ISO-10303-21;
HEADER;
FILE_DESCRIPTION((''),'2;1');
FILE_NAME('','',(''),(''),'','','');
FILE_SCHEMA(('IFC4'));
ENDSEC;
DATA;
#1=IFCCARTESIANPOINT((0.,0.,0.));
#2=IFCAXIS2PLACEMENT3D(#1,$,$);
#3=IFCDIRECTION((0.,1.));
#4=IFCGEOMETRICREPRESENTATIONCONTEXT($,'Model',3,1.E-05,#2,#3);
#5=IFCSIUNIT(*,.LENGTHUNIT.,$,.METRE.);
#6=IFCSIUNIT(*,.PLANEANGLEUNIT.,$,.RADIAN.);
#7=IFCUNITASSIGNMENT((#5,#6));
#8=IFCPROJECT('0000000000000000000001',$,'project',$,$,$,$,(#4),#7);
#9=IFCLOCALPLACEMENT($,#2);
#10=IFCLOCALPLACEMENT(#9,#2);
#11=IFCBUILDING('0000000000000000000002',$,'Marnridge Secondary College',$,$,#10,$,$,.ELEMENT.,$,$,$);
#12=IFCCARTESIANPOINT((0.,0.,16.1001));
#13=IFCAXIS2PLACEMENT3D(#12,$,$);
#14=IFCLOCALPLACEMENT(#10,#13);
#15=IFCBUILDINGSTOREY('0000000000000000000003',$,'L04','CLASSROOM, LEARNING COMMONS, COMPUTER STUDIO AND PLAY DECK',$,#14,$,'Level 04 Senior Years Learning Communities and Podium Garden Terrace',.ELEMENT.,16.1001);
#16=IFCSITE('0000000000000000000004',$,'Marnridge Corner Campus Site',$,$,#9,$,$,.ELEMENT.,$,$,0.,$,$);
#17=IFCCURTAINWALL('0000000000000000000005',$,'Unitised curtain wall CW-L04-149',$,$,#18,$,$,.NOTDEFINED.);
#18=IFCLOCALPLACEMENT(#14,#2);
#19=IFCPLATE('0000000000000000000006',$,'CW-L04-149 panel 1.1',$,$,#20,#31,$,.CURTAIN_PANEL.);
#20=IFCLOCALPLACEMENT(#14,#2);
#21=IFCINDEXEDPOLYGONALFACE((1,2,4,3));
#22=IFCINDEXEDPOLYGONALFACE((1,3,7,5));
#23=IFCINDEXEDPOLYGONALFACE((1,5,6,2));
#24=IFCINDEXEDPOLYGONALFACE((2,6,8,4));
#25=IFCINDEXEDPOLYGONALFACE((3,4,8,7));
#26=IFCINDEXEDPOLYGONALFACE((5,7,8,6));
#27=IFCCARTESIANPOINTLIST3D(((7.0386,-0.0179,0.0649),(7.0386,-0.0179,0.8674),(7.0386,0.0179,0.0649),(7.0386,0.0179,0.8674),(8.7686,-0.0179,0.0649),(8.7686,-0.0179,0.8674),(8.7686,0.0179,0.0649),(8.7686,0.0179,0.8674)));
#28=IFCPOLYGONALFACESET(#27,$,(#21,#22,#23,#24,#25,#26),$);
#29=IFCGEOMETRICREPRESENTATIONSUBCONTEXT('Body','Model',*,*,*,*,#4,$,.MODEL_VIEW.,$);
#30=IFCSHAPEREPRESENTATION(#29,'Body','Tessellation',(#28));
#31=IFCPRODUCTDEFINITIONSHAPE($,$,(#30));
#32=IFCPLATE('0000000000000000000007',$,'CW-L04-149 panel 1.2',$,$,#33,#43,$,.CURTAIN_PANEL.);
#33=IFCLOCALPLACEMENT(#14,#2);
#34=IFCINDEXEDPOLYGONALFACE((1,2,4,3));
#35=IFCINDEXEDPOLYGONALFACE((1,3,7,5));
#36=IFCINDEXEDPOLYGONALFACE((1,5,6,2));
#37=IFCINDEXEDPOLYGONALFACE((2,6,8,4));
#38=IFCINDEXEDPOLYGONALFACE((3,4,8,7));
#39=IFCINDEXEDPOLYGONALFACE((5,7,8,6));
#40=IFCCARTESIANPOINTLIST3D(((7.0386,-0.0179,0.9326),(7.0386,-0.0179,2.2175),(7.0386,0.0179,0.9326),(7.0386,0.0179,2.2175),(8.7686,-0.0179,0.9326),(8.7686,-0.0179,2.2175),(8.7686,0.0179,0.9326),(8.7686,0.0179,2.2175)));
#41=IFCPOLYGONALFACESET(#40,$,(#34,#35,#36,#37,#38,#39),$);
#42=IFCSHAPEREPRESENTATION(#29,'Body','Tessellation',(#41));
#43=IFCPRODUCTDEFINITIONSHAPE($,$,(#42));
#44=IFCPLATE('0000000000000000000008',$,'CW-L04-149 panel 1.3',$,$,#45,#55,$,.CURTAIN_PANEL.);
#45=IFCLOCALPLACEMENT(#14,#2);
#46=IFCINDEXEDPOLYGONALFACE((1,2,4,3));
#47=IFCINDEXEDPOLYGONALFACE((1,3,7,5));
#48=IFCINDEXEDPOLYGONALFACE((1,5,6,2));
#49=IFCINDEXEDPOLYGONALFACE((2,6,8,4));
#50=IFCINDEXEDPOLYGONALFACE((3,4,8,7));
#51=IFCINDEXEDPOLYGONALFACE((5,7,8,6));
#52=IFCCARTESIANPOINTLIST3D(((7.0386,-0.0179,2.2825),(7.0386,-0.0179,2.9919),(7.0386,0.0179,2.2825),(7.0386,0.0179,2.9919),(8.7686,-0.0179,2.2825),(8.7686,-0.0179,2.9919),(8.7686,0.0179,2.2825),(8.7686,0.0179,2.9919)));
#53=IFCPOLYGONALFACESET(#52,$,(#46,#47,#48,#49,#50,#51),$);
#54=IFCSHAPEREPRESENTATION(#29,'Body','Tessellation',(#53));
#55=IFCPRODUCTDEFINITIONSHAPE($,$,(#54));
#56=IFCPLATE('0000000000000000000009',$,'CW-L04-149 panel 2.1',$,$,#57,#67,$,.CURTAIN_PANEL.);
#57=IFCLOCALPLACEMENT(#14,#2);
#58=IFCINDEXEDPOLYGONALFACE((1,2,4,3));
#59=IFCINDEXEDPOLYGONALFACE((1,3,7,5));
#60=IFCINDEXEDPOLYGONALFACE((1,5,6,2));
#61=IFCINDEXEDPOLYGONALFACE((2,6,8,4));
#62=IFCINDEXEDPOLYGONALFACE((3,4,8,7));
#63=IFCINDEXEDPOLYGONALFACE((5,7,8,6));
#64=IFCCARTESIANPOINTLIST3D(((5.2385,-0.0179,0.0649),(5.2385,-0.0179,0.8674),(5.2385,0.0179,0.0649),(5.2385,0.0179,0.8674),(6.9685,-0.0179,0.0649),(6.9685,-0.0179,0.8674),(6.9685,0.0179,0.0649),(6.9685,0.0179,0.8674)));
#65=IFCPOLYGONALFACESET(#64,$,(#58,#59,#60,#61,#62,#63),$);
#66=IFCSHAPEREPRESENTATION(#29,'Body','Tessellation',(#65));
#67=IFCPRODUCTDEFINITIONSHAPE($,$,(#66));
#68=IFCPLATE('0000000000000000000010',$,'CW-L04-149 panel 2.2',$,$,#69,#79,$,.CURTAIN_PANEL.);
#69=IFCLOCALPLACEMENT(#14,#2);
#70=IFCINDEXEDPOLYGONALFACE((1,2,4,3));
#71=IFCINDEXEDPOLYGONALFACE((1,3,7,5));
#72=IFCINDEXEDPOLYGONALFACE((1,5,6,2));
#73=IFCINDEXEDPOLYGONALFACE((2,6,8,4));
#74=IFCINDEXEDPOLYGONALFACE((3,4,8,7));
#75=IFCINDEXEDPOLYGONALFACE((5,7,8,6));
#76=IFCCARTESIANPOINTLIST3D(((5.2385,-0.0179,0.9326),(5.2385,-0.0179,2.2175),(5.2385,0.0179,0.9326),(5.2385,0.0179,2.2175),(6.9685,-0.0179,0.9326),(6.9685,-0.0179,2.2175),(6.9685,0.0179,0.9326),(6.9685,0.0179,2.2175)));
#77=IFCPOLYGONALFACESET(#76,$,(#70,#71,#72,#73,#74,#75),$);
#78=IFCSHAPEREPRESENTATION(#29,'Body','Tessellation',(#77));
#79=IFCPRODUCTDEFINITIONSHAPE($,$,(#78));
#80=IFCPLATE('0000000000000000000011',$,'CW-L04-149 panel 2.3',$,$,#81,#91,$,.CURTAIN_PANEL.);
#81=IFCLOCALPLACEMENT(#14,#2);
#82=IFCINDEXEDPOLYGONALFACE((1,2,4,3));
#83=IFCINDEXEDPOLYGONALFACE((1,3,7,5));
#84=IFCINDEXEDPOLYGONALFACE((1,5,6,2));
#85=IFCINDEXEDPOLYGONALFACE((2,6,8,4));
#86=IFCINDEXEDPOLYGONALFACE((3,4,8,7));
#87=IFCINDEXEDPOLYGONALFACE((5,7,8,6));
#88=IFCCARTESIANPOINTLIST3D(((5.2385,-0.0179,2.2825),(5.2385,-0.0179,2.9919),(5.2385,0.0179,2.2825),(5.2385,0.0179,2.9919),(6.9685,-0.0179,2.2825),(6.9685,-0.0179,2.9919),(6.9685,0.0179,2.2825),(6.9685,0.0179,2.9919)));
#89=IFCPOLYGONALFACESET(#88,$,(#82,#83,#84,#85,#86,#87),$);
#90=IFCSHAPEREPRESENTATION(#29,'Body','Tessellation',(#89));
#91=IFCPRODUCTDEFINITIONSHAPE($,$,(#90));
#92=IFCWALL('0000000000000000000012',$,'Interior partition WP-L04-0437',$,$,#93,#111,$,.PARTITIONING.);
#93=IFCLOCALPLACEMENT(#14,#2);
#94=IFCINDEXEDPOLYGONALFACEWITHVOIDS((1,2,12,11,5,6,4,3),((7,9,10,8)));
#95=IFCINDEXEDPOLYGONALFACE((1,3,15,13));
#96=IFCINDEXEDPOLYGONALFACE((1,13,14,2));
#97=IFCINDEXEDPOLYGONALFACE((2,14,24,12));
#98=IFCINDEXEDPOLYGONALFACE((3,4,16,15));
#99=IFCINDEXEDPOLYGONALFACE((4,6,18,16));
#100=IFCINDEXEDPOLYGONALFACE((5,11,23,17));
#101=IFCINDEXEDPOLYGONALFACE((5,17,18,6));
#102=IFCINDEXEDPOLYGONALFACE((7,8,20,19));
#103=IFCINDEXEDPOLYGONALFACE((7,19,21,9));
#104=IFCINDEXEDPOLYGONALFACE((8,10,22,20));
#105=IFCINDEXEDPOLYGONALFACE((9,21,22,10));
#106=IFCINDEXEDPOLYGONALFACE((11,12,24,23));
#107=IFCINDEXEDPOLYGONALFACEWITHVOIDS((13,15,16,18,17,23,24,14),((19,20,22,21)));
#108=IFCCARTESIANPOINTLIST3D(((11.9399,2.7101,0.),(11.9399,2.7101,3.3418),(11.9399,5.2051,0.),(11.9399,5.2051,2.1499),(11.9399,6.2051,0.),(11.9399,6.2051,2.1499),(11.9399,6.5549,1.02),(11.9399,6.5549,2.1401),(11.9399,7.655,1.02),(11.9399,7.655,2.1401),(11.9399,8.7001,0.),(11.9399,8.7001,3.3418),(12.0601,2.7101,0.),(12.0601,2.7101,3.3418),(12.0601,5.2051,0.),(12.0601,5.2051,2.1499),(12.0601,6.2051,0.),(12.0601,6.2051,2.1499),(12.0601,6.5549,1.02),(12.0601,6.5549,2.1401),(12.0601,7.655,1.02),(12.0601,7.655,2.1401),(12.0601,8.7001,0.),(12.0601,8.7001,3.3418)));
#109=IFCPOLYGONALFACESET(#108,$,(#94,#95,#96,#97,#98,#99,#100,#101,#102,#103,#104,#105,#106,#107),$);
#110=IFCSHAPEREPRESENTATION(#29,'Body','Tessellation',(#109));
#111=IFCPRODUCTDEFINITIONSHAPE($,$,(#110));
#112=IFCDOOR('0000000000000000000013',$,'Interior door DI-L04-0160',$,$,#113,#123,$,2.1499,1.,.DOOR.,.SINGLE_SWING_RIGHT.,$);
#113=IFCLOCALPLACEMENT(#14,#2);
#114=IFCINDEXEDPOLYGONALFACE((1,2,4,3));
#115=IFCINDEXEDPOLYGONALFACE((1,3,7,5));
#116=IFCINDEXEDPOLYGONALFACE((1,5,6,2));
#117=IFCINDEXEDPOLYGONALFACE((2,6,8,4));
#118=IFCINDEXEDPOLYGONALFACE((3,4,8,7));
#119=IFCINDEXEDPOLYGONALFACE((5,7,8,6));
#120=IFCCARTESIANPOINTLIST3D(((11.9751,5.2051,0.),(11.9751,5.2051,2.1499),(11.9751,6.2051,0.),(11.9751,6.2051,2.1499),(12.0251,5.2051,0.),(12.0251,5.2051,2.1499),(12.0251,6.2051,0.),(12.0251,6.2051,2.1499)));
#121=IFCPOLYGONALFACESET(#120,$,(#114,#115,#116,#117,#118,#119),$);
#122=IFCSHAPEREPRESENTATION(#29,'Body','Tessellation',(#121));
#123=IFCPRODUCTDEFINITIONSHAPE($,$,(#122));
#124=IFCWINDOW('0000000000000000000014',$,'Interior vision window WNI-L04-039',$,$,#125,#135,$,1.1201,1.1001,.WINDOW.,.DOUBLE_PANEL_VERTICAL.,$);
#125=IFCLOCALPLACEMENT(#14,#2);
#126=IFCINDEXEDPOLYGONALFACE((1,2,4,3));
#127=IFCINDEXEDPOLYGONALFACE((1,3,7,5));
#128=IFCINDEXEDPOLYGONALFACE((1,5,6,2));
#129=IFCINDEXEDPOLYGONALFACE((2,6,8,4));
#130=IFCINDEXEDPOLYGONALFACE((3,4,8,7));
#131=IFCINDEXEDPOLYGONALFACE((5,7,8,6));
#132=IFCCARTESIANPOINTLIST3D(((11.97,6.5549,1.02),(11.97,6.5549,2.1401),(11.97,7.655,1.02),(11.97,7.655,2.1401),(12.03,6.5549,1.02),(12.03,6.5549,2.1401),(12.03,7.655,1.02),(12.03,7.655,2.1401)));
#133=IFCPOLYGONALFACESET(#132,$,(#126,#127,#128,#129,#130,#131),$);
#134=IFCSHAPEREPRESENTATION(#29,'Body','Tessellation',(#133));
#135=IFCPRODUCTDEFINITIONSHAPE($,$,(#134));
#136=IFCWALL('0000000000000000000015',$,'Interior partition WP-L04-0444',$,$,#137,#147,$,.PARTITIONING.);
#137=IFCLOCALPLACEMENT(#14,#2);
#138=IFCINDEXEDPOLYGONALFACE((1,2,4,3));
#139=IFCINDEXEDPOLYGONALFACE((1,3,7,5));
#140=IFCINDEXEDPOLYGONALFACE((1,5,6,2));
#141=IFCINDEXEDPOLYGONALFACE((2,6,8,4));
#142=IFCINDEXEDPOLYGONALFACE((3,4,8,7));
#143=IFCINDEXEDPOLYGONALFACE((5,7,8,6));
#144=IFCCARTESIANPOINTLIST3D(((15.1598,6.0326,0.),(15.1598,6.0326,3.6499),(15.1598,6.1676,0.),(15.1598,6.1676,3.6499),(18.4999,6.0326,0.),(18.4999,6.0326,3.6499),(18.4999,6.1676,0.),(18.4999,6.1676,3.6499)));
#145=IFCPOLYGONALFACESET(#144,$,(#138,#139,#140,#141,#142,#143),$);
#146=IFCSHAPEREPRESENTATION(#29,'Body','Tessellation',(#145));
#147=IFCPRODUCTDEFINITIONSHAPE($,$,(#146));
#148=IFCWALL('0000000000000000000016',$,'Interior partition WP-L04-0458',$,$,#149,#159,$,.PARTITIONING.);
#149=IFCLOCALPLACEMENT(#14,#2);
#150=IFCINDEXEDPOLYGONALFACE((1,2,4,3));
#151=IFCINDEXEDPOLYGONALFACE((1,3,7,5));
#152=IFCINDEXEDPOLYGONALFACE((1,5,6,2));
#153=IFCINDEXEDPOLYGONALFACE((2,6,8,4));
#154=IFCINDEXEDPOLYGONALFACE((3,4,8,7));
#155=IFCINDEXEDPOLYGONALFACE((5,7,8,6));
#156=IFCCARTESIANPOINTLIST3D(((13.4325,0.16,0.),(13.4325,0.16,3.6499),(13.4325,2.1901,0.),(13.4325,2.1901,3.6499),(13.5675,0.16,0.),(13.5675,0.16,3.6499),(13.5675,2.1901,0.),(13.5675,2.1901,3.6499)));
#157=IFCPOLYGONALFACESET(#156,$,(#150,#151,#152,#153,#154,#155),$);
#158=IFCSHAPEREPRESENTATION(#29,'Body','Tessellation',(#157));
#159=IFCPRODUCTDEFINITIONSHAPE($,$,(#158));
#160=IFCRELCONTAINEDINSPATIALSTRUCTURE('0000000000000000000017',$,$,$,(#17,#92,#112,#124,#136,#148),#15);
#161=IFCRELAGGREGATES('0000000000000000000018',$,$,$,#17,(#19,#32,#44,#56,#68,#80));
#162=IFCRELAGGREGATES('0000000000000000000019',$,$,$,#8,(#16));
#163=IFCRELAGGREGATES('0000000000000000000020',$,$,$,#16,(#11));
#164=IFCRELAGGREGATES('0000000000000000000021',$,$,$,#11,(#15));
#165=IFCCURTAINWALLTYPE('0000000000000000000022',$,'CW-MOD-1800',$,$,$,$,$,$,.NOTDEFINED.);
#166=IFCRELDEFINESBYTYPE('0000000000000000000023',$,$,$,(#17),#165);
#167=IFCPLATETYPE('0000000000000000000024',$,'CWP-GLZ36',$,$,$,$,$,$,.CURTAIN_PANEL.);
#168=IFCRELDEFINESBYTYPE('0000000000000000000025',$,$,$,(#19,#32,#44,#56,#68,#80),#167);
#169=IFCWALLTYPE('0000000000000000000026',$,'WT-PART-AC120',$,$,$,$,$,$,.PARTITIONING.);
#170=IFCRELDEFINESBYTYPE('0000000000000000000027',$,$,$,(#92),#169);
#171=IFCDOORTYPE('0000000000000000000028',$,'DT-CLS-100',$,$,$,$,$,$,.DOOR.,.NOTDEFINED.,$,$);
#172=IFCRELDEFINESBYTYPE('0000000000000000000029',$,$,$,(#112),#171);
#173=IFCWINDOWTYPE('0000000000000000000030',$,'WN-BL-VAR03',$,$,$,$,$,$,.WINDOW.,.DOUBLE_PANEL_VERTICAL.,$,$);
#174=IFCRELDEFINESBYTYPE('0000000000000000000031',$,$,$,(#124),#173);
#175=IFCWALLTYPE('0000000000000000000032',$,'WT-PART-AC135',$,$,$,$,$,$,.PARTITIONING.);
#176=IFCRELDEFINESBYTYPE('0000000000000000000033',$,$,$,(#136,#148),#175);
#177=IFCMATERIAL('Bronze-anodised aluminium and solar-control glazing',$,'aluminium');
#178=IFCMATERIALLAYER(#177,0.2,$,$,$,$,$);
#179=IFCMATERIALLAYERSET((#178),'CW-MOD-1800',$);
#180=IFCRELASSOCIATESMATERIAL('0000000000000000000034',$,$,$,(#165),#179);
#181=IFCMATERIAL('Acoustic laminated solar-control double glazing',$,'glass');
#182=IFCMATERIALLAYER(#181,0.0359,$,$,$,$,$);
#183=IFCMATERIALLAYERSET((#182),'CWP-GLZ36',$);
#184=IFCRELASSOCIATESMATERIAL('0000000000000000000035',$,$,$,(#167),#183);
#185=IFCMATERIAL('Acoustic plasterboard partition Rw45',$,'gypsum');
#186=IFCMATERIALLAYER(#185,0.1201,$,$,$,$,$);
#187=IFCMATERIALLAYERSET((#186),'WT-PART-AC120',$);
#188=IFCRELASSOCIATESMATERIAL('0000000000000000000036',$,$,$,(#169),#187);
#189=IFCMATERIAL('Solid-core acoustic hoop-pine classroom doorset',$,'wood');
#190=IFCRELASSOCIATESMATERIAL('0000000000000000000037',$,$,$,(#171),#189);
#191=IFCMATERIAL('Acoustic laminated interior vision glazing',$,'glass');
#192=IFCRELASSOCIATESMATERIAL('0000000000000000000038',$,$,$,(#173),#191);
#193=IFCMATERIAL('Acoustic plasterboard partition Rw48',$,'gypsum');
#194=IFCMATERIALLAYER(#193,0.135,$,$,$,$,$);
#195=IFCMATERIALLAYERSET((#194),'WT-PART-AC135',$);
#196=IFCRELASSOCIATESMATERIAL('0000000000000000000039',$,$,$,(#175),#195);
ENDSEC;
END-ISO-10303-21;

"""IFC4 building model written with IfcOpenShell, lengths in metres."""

from ifc_helpers import new_model, si_unit, direction, frame, frame_2d, origin, origin_2d, place, context, subcontext, project, spatial, rectangle, extrude, material, layer, layer_set, type_object, element, fill, aggregate, save


model = new_model("IFC4")

# Units and contexts
model_context = context("Model", 3, precision=1e-05, world=origin(), true_north=direction((0.0, 1.0)))
body_context = subcontext(model_context, "Body", "Model", "MODEL_VIEW")
ifc_project = project(units=[si_unit("LENGTHUNIT", "METRE"), si_unit("PLANEANGLEUNIT", "RADIAN")], contexts=[model_context])

# Site, building, storey
site_placement = place(None, origin())
site = spatial("IfcSite", under=ifc_project, at=site_placement, Name="Marnridge Corner Campus Site", CompositionType="ELEMENT", RefElevation=0.0)
building_placement = place(site_placement, origin())
building = spatial("IfcBuilding", under=site, at=building_placement, Name="Marnridge Secondary College", CompositionType="ELEMENT")
storey_placement = place(building_placement, frame((0.0, 0.0, 16.1001)))
storey = spatial("IfcBuildingStorey", under=building, at=storey_placement, Name="L04", Description="CLASSROOM, LEARNING COMMONS, COMPUTER STUDIO AND PLAY DECK", LongName="Level 04 Senior Years Learning Communities and Podium Garden Terrace", CompositionType="ELEMENT", Elevation=16.1001)

# Curtain wall, plates
ifc_material_1 = material(Name="Bronze-anodised aluminium and solar-control glazing", Category="aluminium")
ifc_layer_1 = layer(ifc_material_1, 0.2)
ifc_layer_set_1 = layer_set([ifc_layer_1], Name="CW-MOD-1800")
curtain_wall_type = type_object("IfcCurtainWallType", Name="CW-MOD-1800", PredefinedType="NOTDEFINED", material=ifc_layer_set_1)
curtain_wall_placement = place(storey_placement, origin())
curtain_wall = element("IfcCurtainWall", 1, at=curtain_wall_placement, inside=storey, type_object=curtain_wall_type, Name="Unitised curtain wall CW-L04-149", PredefinedType="NOTDEFINED")
ifc_material_2 = material(Name="Acoustic laminated solar-control double glazing", Category="glass")
ifc_layer_2 = layer(ifc_material_2, 0.0359)
ifc_layer_set_2 = layer_set([ifc_layer_2], Name="CWP-GLZ36")
plate_type = type_object("IfcPlateType", Name="CWP-GLZ36", PredefinedType="CURTAIN_PANEL", material=ifc_layer_set_2)
plate_1_placement = place(storey_placement, frame((7.9036, 0.0, 0.0649), z_axis=(0.0, 0.0, 1.0), x_axis=(-1.0, 0.0, 0.0)))
plate_1 = element("IfcPlate", 2, at=plate_1_placement, type_object=plate_type, Name="CW-L04-149 panel 1.1", PredefinedType="CURTAIN_PANEL", context=body_context, shape_type="SweptSolid", body=[
    extrude(rectangle(XDim=1.73, YDim=0.0359, at=origin_2d()), origin(), (0.0, 0.0, 1.0), 0.8025),
])
plate_2_placement = place(storey_placement, frame((7.9036, 0.0, 0.9326), z_axis=(0.0, 0.0, 1.0), x_axis=(-1.0, 0.0, 0.0)))
plate_2 = element("IfcPlate", 3, at=plate_2_placement, type_object=plate_type, Name="CW-L04-149 panel 1.2", PredefinedType="CURTAIN_PANEL", context=body_context, shape_type="SweptSolid", body=[
    extrude(rectangle(XDim=1.73, YDim=0.0359, at=origin_2d()), origin(), (0.0, 0.0, 1.0), 1.2849),
])
plate_3_placement = place(storey_placement, frame((7.9036, 0.0, 2.2825), z_axis=(0.0, 0.0, 1.0), x_axis=(-1.0, 0.0, 0.0)))
plate_3 = element("IfcPlate", 4, at=plate_3_placement, type_object=plate_type, Name="CW-L04-149 panel 1.3", PredefinedType="CURTAIN_PANEL", context=body_context, shape_type="SweptSolid", body=[
    extrude(rectangle(XDim=1.73, YDim=0.0359, at=origin_2d()), origin(), (0.0, 0.0, 1.0), 0.7095),
])
plate_4_placement = place(storey_placement, frame((6.1035, 0.0, 0.0649), z_axis=(0.0, 0.0, 1.0), x_axis=(-1.0, 0.0, 0.0)))
plate_4 = element("IfcPlate", 5, at=plate_4_placement, type_object=plate_type, Name="CW-L04-149 panel 2.1", PredefinedType="CURTAIN_PANEL", context=body_context, shape_type="SweptSolid", body=[
    extrude(rectangle(XDim=1.73, YDim=0.0359, at=origin_2d()), origin(), (0.0, 0.0, 1.0), 0.8025),
])
plate_5_placement = place(storey_placement, frame((6.1035, 0.0, 0.9326), z_axis=(0.0, 0.0, 1.0), x_axis=(-1.0, 0.0, 0.0)))
plate_5 = element("IfcPlate", 6, at=plate_5_placement, type_object=plate_type, Name="CW-L04-149 panel 2.2", PredefinedType="CURTAIN_PANEL", context=body_context, shape_type="SweptSolid", body=[
    extrude(rectangle(XDim=1.73, YDim=0.0359, at=origin_2d()), origin(), (0.0, 0.0, 1.0), 1.2849),
])
plate_6_placement = place(storey_placement, frame((6.1035, 0.0, 2.2825), z_axis=(0.0, 0.0, 1.0), x_axis=(-1.0, 0.0, 0.0)))
plate_6 = element("IfcPlate", 7, at=plate_6_placement, type_object=plate_type, Name="CW-L04-149 panel 2.3", PredefinedType="CURTAIN_PANEL", context=body_context, shape_type="SweptSolid", body=[
    extrude(rectangle(XDim=1.73, YDim=0.0359, at=origin_2d()), origin(), (0.0, 0.0, 1.0), 0.7095),
])
aggregate(curtain_wall, [plate_1, plate_2, plate_3, plate_4, plate_5, plate_6])

# Wall, openings, door, window
ifc_material_3 = material(Name="Acoustic plasterboard partition Rw45", Category="gypsum")
ifc_layer_3 = layer(ifc_material_3, 0.1201)
ifc_layer_set_3 = layer_set([ifc_layer_3], Name="WT-PART-AC120")
wall_type_1 = type_object("IfcWallType", Name="WT-PART-AC120", PredefinedType="PARTITIONING", material=ifc_layer_set_3)
wall_1_placement = place(storey_placement, frame((12.0, 2.71, 0.0), z_axis=(0.0, 0.0, 1.0), x_axis=(0.0, 1.0, 0.0)))
wall_1 = element("IfcWall", 8, at=wall_1_placement, inside=storey, type_object=wall_type_1, Name="Interior partition WP-L04-0437", PredefinedType="PARTITIONING", context=body_context, shape_type="SweptSolid", body=[
    extrude(rectangle(XDim=5.99, YDim=0.1201, at=frame_2d((2.9951, 0.0))), origin(), (0.0, 0.0, 1.0), 3.3418),
])
opening_1_placement = place(wall_1_placement, frame((2.4951, 0.0, 0.0)))
opening_1 = element("IfcOpeningElement", 9, at=opening_1_placement, cuts=wall_1, PredefinedType="OPENING", context=body_context, shape_type="SweptSolid", body=[
    extrude(rectangle(XDim=1.0, YDim=2.1499, at=frame_2d((0.5, 1.075))), frame((0.0, 0.0701, 0.0), z_axis=(0.0, -1.0, 0.0), x_axis=(1.0, 0.0, 0.0)), (0.0, 0.0, 1.0), 0.1401),
])
opening_2_placement = place(wall_1_placement, frame((3.845, 0.0, 1.02)))
opening_2 = element("IfcOpeningElement", 10, at=opening_2_placement, cuts=wall_1, PredefinedType="OPENING", context=body_context, shape_type="SweptSolid", body=[
    extrude(rectangle(XDim=1.1001, YDim=1.1201, at=frame_2d((0.55, 0.5601))), frame((0.0, 0.0701, 0.0), z_axis=(0.0, -1.0, 0.0), x_axis=(1.0, 0.0, 0.0)), (0.0, 0.0, 1.0), 0.1401),
])
ifc_material_4 = material(Name="Solid-core acoustic hoop-pine classroom doorset", Category="wood")
door_type_1 = type_object("IfcDoorType", Name="DT-CLS-100", OperationType="NOTDEFINED", PredefinedType="DOOR", material=ifc_material_4)
door_1_placement = place(opening_1_placement, origin())
door_1 = element("IfcDoor", 11, at=door_1_placement, inside=storey, type_object=door_type_1, Name="Interior door DI-L04-0160", OperationType="SINGLE_SWING_RIGHT", OverallHeight=2.1499, OverallWidth=1.0, PredefinedType="DOOR", context=body_context, shape_type="SweptSolid", body=[
    extrude(rectangle(XDim=1.0, YDim=2.1499, at=frame_2d((0.5, 1.075))), frame((0.0, 0.0249, 0.0), z_axis=(0.0, -1.0, 0.0), x_axis=(1.0, 0.0, 0.0)), (0.0, 0.0, 1.0), 0.05),
])
fill(opening_1, door_1)
ifc_material_5 = material(Name="Acoustic laminated interior vision glazing", Category="glass")
window_type = type_object("IfcWindowType", Name="WN-BL-VAR03", PartitioningType="DOUBLE_PANEL_VERTICAL", PredefinedType="WINDOW", material=ifc_material_5)
window_placement = place(opening_2_placement, origin())
window = element("IfcWindow", 12, at=window_placement, inside=storey, type_object=window_type, Name="Interior vision window WNI-L04-039", OverallHeight=1.1201, OverallWidth=1.1001, PartitioningType="DOUBLE_PANEL_VERTICAL", PredefinedType="WINDOW", context=body_context, shape_type="SweptSolid", body=[
    extrude(rectangle(XDim=1.1001, YDim=1.1201, at=frame_2d((0.55, 0.5601))), frame((0.0, 0.03, 0.0), z_axis=(0.0, -1.0, 0.0), x_axis=(1.0, 0.0, 0.0)), (0.0, 0.0, 1.0), 0.0601),
])
fill(opening_2, window)

# Walls
ifc_material_6 = material(Name="Acoustic plasterboard partition Rw48", Category="gypsum")
ifc_layer_4 = layer(ifc_material_6, 0.135)
ifc_layer_set_4 = layer_set([ifc_layer_4], Name="WT-PART-AC135")
wall_type_2 = type_object("IfcWallType", Name="WT-PART-AC135", PredefinedType="PARTITIONING", material=ifc_layer_set_4)
wall_2_placement = place(storey_placement, frame((15.1599, 6.1001, 0.0), z_axis=(0.0, 0.0, 1.0), x_axis=(1.0, 0.0, 0.0)))
element("IfcWall", 13, at=wall_2_placement, inside=storey, type_object=wall_type_2, Name="Interior partition WP-L04-0444", PredefinedType="PARTITIONING", context=body_context, shape_type="SweptSolid", body=[
    extrude(rectangle(XDim=3.3401, YDim=0.135, at=frame_2d((1.6699, 0.0))), origin(), (0.0, 0.0, 1.0), 3.6499),
])
wall_3_placement = place(storey_placement, frame((13.5, 0.1599, 0.0), z_axis=(0.0, 0.0, 1.0), x_axis=(0.0, 1.0, 0.0)))
element("IfcWall", 14, at=wall_3_placement, inside=storey, type_object=wall_type_2, Name="Interior partition WP-L04-0458", PredefinedType="PARTITIONING", context=body_context, shape_type="SweptSolid", body=[
    extrude(rectangle(XDim=2.03, YDim=0.135, at=frame_2d((1.0151, 0.0))), origin(), (0.0, 0.0, 1.0), 3.6499),
])

save(model, "model.ifc")
